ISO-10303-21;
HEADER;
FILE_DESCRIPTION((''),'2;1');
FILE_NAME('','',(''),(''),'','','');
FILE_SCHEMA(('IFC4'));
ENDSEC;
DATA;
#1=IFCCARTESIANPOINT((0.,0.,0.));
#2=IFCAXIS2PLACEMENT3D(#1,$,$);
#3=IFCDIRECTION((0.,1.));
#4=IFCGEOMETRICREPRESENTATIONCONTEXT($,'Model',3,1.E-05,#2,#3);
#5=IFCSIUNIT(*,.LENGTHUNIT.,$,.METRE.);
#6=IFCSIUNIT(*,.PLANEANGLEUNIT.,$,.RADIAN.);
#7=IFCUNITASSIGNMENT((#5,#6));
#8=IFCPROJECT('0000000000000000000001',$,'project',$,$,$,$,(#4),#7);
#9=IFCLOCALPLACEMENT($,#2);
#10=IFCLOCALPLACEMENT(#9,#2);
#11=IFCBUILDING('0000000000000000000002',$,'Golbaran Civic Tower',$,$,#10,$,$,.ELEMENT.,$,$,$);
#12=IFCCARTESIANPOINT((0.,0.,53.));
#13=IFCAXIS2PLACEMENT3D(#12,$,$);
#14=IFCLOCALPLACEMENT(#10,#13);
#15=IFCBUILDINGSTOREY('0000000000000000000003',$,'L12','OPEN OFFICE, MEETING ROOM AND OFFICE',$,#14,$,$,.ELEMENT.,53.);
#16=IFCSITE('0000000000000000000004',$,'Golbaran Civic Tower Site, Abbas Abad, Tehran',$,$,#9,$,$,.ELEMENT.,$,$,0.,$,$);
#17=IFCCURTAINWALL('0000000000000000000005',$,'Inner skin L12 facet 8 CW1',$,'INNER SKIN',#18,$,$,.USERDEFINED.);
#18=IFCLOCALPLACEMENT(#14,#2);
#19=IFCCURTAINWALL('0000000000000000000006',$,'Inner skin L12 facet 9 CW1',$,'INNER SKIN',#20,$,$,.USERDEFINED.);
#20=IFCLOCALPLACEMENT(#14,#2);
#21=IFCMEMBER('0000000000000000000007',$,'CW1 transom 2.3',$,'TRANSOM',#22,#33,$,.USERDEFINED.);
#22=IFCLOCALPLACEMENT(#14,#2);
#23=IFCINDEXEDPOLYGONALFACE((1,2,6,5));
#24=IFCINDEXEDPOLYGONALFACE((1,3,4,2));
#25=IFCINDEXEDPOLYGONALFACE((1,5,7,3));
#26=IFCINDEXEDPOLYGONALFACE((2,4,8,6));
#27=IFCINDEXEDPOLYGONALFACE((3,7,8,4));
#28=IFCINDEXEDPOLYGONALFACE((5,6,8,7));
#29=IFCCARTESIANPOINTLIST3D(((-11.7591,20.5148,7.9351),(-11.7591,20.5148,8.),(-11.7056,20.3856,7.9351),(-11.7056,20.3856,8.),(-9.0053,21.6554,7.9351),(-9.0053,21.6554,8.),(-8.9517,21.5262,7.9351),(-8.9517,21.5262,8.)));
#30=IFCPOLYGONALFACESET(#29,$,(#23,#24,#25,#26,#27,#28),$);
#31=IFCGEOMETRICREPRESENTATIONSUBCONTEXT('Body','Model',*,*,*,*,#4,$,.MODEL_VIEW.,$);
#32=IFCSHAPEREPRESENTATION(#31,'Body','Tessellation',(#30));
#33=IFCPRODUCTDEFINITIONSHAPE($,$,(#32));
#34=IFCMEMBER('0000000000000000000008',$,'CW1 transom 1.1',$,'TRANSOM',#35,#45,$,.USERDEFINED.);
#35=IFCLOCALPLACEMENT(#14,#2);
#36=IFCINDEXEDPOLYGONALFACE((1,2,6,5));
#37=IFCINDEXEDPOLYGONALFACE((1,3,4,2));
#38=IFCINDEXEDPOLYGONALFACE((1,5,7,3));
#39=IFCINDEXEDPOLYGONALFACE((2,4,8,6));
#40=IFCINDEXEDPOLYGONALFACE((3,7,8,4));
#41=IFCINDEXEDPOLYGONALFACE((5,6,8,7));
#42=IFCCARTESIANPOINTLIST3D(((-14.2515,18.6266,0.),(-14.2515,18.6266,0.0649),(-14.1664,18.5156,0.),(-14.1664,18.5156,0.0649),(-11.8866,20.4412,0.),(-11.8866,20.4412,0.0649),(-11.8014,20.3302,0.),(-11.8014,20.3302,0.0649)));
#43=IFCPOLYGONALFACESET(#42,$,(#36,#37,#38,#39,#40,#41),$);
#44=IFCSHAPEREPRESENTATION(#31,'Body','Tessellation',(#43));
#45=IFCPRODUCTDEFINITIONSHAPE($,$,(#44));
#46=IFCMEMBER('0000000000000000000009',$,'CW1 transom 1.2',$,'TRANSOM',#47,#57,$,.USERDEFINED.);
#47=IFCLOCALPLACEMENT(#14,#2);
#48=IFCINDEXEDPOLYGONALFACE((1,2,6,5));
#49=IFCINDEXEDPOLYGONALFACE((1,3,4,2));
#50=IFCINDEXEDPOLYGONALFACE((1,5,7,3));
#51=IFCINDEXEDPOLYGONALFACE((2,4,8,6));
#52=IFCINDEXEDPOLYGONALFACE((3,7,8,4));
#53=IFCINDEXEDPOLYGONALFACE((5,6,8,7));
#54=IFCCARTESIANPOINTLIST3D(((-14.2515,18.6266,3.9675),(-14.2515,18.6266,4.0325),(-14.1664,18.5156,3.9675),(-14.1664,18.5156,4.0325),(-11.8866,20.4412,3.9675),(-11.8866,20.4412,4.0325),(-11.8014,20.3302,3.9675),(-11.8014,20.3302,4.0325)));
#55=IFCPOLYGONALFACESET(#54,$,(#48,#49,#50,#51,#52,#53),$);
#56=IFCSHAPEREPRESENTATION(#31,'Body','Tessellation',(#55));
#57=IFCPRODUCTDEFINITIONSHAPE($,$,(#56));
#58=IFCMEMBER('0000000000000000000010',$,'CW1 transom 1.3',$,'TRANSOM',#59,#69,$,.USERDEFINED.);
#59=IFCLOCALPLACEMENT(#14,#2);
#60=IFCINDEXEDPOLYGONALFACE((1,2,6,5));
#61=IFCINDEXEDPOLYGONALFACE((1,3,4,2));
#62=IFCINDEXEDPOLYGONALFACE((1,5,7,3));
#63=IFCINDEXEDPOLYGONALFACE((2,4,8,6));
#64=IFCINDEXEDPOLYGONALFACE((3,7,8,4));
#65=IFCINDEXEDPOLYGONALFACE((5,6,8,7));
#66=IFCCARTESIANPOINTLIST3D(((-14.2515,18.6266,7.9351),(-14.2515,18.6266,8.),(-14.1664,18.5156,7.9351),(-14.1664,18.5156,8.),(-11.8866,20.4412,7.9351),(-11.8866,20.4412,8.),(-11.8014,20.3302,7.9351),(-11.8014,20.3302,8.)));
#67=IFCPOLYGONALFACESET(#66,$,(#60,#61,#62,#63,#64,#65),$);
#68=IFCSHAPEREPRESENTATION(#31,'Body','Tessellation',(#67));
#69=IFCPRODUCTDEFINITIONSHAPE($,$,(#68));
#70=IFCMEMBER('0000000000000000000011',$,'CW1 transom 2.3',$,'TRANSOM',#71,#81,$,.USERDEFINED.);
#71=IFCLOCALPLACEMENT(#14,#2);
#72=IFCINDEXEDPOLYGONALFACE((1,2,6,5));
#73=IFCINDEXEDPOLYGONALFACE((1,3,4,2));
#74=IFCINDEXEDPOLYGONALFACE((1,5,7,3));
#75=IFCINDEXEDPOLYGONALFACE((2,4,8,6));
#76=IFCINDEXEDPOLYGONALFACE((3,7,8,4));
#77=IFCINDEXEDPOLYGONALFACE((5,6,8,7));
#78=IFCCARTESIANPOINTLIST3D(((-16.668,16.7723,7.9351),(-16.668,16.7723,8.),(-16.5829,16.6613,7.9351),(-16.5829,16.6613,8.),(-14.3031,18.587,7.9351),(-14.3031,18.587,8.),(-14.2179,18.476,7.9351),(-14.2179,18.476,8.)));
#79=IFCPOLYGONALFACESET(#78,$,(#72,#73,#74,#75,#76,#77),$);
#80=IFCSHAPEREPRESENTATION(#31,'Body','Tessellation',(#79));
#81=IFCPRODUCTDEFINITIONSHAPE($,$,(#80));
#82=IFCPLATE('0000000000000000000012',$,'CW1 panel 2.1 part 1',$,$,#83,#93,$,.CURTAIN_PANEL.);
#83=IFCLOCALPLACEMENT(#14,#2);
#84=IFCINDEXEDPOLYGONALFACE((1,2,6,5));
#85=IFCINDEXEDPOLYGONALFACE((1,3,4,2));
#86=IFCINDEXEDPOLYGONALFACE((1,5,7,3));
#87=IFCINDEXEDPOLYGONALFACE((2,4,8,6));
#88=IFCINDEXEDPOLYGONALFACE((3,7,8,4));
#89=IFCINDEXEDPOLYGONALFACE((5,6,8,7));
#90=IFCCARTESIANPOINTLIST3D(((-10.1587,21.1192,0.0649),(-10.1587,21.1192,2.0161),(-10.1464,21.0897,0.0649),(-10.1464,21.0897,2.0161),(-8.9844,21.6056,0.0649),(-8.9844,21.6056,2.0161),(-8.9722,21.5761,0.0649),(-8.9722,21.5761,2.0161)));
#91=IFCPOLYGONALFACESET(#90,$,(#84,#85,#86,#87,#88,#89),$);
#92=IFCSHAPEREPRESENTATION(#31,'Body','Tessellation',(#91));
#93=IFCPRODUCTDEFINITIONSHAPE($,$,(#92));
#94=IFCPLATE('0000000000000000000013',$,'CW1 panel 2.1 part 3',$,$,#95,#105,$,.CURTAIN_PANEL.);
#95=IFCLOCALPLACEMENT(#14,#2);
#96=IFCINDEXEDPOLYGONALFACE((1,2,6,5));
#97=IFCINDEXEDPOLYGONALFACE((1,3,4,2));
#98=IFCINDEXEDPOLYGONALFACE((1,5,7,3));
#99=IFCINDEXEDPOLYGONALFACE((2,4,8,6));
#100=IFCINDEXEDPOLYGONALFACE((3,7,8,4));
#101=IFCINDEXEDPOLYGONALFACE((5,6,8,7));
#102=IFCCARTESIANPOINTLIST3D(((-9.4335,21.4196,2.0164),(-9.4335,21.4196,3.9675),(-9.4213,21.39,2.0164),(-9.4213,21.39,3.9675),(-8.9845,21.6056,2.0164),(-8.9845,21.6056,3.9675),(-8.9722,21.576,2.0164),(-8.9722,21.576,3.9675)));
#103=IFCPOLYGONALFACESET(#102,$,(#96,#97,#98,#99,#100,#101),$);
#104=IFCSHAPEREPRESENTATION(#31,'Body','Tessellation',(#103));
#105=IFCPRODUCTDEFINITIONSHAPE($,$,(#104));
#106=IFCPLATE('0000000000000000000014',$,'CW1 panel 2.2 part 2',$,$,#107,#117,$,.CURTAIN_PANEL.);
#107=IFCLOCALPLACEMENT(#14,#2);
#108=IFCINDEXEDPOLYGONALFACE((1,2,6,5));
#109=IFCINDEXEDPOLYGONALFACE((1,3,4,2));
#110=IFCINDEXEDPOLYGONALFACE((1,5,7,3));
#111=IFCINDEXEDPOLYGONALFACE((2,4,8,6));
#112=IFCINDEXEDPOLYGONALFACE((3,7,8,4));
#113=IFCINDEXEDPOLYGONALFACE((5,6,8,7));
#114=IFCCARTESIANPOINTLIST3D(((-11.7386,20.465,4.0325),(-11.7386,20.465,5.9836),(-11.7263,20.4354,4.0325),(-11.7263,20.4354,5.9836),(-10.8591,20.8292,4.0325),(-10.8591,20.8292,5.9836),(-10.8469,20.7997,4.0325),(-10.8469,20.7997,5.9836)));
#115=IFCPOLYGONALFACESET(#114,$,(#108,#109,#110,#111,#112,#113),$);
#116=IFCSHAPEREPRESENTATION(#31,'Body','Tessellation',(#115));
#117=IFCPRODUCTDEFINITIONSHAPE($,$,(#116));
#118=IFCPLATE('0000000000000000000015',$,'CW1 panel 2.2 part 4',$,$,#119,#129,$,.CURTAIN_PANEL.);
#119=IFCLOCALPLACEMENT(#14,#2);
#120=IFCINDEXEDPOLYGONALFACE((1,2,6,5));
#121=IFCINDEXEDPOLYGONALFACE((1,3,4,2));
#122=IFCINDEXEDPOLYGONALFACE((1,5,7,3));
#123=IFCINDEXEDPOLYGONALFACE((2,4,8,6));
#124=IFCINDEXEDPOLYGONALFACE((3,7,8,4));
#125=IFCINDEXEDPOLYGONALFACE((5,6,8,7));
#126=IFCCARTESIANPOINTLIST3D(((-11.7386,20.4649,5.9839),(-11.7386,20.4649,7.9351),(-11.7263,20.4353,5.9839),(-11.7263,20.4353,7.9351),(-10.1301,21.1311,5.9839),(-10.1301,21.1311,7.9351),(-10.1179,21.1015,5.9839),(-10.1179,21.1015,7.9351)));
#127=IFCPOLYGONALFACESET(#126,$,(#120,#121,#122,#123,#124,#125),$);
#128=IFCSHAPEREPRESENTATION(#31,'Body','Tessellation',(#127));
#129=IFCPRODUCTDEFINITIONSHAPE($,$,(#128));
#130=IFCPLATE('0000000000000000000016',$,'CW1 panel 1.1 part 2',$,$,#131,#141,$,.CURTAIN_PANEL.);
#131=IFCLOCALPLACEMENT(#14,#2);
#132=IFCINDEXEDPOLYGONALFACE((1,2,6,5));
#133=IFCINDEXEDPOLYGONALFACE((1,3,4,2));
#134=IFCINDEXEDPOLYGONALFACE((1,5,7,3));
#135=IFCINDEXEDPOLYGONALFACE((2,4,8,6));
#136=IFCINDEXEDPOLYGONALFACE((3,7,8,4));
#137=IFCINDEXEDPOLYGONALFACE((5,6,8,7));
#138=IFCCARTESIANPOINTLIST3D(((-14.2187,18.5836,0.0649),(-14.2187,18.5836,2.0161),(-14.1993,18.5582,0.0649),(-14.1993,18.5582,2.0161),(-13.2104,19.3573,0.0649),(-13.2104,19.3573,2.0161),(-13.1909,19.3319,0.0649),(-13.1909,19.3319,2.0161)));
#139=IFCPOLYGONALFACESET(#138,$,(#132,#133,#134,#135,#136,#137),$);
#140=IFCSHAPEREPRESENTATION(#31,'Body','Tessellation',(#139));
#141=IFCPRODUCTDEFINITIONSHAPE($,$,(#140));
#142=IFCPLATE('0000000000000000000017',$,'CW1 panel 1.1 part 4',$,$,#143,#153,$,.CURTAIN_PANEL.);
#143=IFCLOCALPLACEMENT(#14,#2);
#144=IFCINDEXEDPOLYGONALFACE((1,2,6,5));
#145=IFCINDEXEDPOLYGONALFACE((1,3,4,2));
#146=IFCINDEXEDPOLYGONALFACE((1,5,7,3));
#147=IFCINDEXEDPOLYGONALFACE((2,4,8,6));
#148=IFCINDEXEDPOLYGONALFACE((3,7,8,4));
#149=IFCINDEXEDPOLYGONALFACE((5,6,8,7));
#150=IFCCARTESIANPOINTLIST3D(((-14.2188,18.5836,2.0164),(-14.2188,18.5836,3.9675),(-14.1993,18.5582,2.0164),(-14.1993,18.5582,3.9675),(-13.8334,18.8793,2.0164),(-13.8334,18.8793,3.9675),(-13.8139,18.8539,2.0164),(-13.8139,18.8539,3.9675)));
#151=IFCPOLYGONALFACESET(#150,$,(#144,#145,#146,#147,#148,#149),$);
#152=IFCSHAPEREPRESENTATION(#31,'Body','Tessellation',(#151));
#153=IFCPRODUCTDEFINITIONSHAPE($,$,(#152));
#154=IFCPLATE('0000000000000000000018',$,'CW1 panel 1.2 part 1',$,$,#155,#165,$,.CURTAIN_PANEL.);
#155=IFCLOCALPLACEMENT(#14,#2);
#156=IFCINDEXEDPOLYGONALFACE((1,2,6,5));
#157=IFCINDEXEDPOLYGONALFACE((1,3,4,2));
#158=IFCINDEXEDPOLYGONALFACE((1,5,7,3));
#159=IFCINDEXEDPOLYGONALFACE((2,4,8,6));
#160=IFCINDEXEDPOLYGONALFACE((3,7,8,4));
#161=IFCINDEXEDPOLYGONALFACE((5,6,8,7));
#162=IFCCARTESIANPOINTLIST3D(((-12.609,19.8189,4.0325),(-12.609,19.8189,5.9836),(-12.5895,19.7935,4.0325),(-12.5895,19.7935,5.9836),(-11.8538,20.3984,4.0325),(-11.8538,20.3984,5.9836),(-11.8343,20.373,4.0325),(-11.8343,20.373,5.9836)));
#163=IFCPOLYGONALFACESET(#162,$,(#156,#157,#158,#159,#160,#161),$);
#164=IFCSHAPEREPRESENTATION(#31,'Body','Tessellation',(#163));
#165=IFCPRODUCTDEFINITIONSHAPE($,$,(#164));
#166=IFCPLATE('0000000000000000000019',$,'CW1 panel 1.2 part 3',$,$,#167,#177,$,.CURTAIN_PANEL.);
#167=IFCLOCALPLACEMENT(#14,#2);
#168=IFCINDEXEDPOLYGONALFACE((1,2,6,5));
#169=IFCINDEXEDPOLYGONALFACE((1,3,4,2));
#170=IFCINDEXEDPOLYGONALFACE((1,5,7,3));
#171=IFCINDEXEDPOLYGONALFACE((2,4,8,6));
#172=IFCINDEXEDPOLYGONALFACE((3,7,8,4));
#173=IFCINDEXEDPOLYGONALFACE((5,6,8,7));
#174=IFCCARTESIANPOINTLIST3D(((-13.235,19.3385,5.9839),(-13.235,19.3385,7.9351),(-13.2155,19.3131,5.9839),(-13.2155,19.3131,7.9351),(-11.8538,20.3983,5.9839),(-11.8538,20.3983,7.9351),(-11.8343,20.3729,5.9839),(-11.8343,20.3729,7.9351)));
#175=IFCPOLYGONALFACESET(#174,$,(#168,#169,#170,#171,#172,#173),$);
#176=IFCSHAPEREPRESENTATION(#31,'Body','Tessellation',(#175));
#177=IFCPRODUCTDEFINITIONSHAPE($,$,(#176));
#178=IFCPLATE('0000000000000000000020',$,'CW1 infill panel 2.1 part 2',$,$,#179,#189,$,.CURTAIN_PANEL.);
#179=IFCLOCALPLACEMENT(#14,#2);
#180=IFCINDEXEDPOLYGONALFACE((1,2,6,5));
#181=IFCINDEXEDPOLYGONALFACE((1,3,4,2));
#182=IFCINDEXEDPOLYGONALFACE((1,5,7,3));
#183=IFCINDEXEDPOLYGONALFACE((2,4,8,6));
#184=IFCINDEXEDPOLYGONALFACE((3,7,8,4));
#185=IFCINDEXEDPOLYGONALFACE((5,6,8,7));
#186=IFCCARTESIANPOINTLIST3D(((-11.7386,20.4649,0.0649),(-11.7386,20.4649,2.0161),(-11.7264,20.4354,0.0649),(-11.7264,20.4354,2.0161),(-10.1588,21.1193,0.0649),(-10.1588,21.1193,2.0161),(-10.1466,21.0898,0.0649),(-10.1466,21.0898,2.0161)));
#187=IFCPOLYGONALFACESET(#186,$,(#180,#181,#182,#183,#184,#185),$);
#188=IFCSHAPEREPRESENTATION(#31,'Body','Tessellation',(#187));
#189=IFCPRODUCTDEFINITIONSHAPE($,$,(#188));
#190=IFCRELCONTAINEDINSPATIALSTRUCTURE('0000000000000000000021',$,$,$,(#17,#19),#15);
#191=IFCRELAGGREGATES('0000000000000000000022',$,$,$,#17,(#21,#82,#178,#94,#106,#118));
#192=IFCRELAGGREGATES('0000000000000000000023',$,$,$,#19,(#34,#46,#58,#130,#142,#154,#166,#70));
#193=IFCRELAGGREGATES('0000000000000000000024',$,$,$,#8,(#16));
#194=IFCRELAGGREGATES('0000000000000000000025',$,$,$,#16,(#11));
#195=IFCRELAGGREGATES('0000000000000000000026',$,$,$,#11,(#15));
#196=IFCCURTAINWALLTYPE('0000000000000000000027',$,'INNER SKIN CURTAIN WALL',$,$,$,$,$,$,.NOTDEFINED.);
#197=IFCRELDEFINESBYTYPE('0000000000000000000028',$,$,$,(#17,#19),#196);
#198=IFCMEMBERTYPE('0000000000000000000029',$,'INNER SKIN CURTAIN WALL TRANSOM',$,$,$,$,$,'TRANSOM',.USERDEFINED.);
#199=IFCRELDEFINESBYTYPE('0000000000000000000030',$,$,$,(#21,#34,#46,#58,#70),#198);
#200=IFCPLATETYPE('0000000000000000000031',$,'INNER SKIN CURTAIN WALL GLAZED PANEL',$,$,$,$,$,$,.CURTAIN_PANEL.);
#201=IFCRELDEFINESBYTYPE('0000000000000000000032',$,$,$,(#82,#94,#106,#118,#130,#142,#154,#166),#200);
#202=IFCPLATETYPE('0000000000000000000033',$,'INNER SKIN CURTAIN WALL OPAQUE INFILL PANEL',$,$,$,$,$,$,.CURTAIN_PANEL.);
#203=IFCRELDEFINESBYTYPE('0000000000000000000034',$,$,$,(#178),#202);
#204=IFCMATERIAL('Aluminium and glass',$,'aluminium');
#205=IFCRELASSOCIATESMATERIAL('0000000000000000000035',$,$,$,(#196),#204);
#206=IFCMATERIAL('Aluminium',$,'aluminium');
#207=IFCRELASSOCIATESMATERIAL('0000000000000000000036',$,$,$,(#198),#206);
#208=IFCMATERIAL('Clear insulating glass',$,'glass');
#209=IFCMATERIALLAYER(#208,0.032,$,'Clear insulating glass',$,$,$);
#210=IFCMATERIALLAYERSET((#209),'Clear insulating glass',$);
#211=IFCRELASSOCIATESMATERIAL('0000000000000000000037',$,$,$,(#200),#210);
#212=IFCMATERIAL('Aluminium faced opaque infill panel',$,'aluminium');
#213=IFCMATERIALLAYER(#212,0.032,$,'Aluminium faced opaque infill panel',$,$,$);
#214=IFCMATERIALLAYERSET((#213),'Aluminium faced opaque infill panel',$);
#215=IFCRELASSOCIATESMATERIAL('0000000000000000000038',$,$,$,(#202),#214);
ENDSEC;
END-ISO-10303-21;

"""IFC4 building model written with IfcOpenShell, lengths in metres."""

from ifc_helpers import new_model, si_unit, direction, frame, origin, origin_2d, place, context, subcontext, project, spatial, rectangle, extrude, material, layer, layer_set, material_profile, profile_set, type_object, element, aggregate, save


model = new_model("IFC4")

# Units and contexts
model_context = context("Model", 3, precision=1e-05, world=origin(), true_north=direction((0.0, 1.0)))
body_context = subcontext(model_context, "Body", "Model", "MODEL_VIEW")
ifc_project = project(units=[si_unit("LENGTHUNIT", "METRE"), si_unit("PLANEANGLEUNIT", "RADIAN")], contexts=[model_context])

# Site, building, storey
site_placement = place(None, origin())
site = spatial("IfcSite", under=ifc_project, at=site_placement, Name="Golbaran Civic Tower Site, Abbas Abad, Tehran", CompositionType="ELEMENT", RefElevation=0.0)
building_placement = place(site_placement, origin())
building = spatial("IfcBuilding", under=site, at=building_placement, Name="Golbaran Civic Tower", CompositionType="ELEMENT")
storey_placement = place(building_placement, frame((0.0, 0.0, 53.0)))
storey = spatial("IfcBuildingStorey", under=building, at=storey_placement, Name="L12", Description="OPEN OFFICE, MEETING ROOM AND OFFICE", CompositionType="ELEMENT", Elevation=53.0)

# Curtain walls
ifc_material_1 = material(Name="Aluminium and glass", Category="aluminium")
curtain_wall_type = type_object("IfcCurtainWallType", Name="INNER SKIN CURTAIN WALL", PredefinedType="NOTDEFINED", material=ifc_material_1)
curtain_wall_1_placement = place(storey_placement, origin())
curtain_wall_1 = element("IfcCurtainWall", 1, at=curtain_wall_1_placement, inside=storey, type_object=curtain_wall_type, Name="Inner skin L12 facet 8 CW1", ObjectType="INNER SKIN", PredefinedType="USERDEFINED")
ifc_material_2 = material(Name="Aluminium", Category="aluminium")
curtain_wall_2_placement = place(storey_placement, origin())
curtain_wall_2 = element("IfcCurtainWall", 2, at=curtain_wall_2_placement, inside=storey, type_object=curtain_wall_type, Name="Inner skin L12 facet 9 CW1", ObjectType="INNER SKIN", PredefinedType="USERDEFINED")

# Members
ifc_material_profile_1 = material_profile(ifc_material_2, rectangle(XDim=0.1399, YDim=0.0649, at=origin_2d()), Name="INNER SKIN CURTAIN WALL TRANSOM")
ifc_profile_set_1 = profile_set([ifc_material_profile_1], Name="Aluminium")
member_type_1 = type_object("IfcMemberType", Name="INNER SKIN CURTAIN WALL TRANSOM", ElementType="TRANSOM", PredefinedType="USERDEFINED", material=ifc_profile_set_1)
member_1_placement = place(storey_placement, frame((-8.9785, 21.5908, 7.9675), z_axis=(-0.923889, -0.38266, 0.0), x_axis=(0.38266, -0.923889, 0.0)))
member_1 = element("IfcMember", 3, at=member_1_placement, type_object=member_type_1, Name="CW1 transom 2.3", ObjectType="TRANSOM", PredefinedType="USERDEFINED", context=body_context, shape_type="SweptSolid", body=[
    extrude(rectangle(XDim=0.1399, YDim=0.0649, at=origin_2d()), origin(), (0.0, 0.0, 1.0), 2.9807),
])
member_2_placement = place(storey_placement, frame((-11.844, 20.3857, 0.0325), z_axis=(-0.793357, -0.608756, 0.0), x_axis=(0.608756, -0.793357, 0.0)))
member_2 = element("IfcMember", 4, at=member_2_placement, type_object=member_type_1, Name="CW1 transom 1.1", ObjectType="TRANSOM", PredefinedType="USERDEFINED", context=body_context, shape_type="SweptSolid", body=[
    extrude(rectangle(XDim=0.1399, YDim=0.0649, at=origin_2d()), origin(), (0.0, 0.0, 1.0), 2.981),
])
member_3_placement = place(storey_placement, frame((-11.844, 20.3857, 4.0), z_axis=(-0.793357, -0.608756, 0.0), x_axis=(0.608756, -0.793357, 0.0)))
member_3 = element("IfcMember", 5, at=member_3_placement, type_object=member_type_1, Name="CW1 transom 1.2", ObjectType="TRANSOM", PredefinedType="USERDEFINED", context=body_context, shape_type="SweptSolid", body=[
    extrude(rectangle(XDim=0.1399, YDim=0.0649, at=origin_2d()), origin(), (0.0, 0.0, 1.0), 2.981),
])
member_4_placement = place(storey_placement, frame((-11.844, 20.3857, 7.9675), z_axis=(-0.793357, -0.608756, 0.0), x_axis=(0.608756, -0.793357, 0.0)))
member_4 = element("IfcMember", 6, at=member_4_placement, type_object=member_type_1, Name="CW1 transom 1.3", ObjectType="TRANSOM", PredefinedType="USERDEFINED", context=body_context, shape_type="SweptSolid", body=[
    extrude(rectangle(XDim=0.1399, YDim=0.0649, at=origin_2d()), origin(), (0.0, 0.0, 1.0), 2.981),
])
member_5_placement = place(storey_placement, frame((-14.2605, 18.5315, 7.9675), z_axis=(-0.793357, -0.608756, 0.0), x_axis=(0.608756, -0.793357, 0.0)))
member_5 = element("IfcMember", 7, at=member_5_placement, type_object=member_type_1, Name="CW1 transom 2.3", ObjectType="TRANSOM", PredefinedType="USERDEFINED", context=body_context, shape_type="SweptSolid", body=[
    extrude(rectangle(XDim=0.1399, YDim=0.0649, at=origin_2d()), origin(), (0.0, 0.0, 1.0), 2.981),
])

# Plates
ifc_material_3 = material(Name="Clear insulating glass", Category="glass")
ifc_layer_1 = layer(ifc_material_3, 0.032, Name="Clear insulating glass")
ifc_layer_set_1 = layer_set([ifc_layer_1], Name="Clear insulating glass")
plate_type_1 = type_object("IfcPlateType", Name="INNER SKIN CURTAIN WALL GLAZED PANEL", PredefinedType="CURTAIN_PANEL", material=ifc_layer_set_1)
plate_1_placement = place(storey_placement, frame((-9.5654, 21.3477, 0.0649), z_axis=(0.0, 0.0, 1.0), x_axis=(-0.92388, -0.382683, 0.0)))
plate_1 = element("IfcPlate", 8, at=plate_1_placement, type_object=plate_type_1, Name="CW1 panel 2.1 part 1", PredefinedType="CURTAIN_PANEL", context=body_context, shape_type="SweptSolid", body=[
    extrude(rectangle(XDim=1.271, YDim=0.032, at=origin_2d()), origin(), (0.0, 0.0, 1.0), 1.9512),
])
plate_2_placement = place(storey_placement, frame((-9.2029, 21.4978, 2.0164), z_axis=(0.0, 0.0, 1.0), x_axis=(-0.92388, -0.382683, 0.0)))
plate_2 = element("IfcPlate", 9, at=plate_2_placement, type_object=plate_type_1, Name="CW1 panel 2.1 part 3", PredefinedType="CURTAIN_PANEL", context=body_context, shape_type="SweptSolid", body=[
    extrude(rectangle(XDim=0.4861, YDim=0.032, at=origin_2d()), origin(), (0.0, 0.0, 1.0), 1.9512),
])
plate_3_placement = place(storey_placement, frame((-11.2927, 20.6323, 4.0325), z_axis=(0.0, 0.0, 1.0), x_axis=(-0.92388, -0.382683, 0.0)))
plate_3 = element("IfcPlate", 10, at=plate_3_placement, type_object=plate_type_1, Name="CW1 panel 2.2 part 2", PredefinedType="CURTAIN_PANEL", context=body_context, shape_type="SweptSolid", body=[
    extrude(rectangle(XDim=0.9519, YDim=0.032, at=origin_2d()), origin(), (0.0, 0.0, 1.0), 1.9512),
])
plate_4_placement = place(storey_placement, frame((-10.9282, 20.7832, 5.9839), z_axis=(0.0, 0.0, 1.0), x_axis=(-0.92388, -0.382683, 0.0)))
plate_4 = element("IfcPlate", 11, at=plate_4_placement, type_object=plate_type_1, Name="CW1 panel 2.2 part 4", PredefinedType="CURTAIN_PANEL", context=body_context, shape_type="SweptSolid", body=[
    extrude(rectangle(XDim=1.741, YDim=0.032, at=origin_2d()), origin(), (0.0, 0.0, 1.0), 1.9512),
])
plate_5_placement = place(storey_placement, frame((-13.7048, 18.9578, 0.0649), z_axis=(0.0, 0.0, 1.0), x_axis=(-0.793353, -0.608761, 0.0)))
plate_5 = element("IfcPlate", 12, at=plate_5_placement, type_object=plate_type_1, Name="CW1 panel 1.1 part 2", PredefinedType="CURTAIN_PANEL", context=body_context, shape_type="SweptSolid", body=[
    extrude(rectangle(XDim=1.271, YDim=0.032, at=origin_2d()), origin(), (0.0, 0.0, 1.0), 1.9512),
])
plate_6_placement = place(storey_placement, frame((-14.0164, 18.7188, 2.0164), z_axis=(0.0, 0.0, 1.0), x_axis=(-0.793353, -0.608761, 0.0)))
plate_6 = element("IfcPlate", 13, at=plate_6_placement, type_object=plate_type_1, Name="CW1 panel 1.1 part 4", PredefinedType="CURTAIN_PANEL", context=body_context, shape_type="SweptSolid", body=[
    extrude(rectangle(XDim=0.4858, YDim=0.032, at=origin_2d()), origin(), (0.0, 0.0, 1.0), 1.9512),
])
plate_7_placement = place(storey_placement, frame((-12.2217, 20.0959, 4.0325), z_axis=(0.0, 0.0, 1.0), x_axis=(-0.793353, -0.608761, 0.0)))
plate_7 = element("IfcPlate", 14, at=plate_7_placement, type_object=plate_type_1, Name="CW1 panel 1.2 part 1", PredefinedType="CURTAIN_PANEL", context=body_context, shape_type="SweptSolid", body=[
    extrude(rectangle(XDim=0.9519, YDim=0.032, at=origin_2d()), origin(), (0.0, 0.0, 1.0), 1.9512),
])
plate_8_placement = place(storey_placement, frame((-12.5347, 19.8557, 5.9839), z_axis=(0.0, 0.0, 1.0), x_axis=(-0.793353, -0.608761, 0.0)))
plate_8 = element("IfcPlate", 15, at=plate_8_placement, type_object=plate_type_1, Name="CW1 panel 1.2 part 3", PredefinedType="CURTAIN_PANEL", context=body_context, shape_type="SweptSolid", body=[
    extrude(rectangle(XDim=1.741, YDim=0.032, at=origin_2d()), origin(), (0.0, 0.0, 1.0), 1.9512),
])
ifc_material_4 = material(Name="Aluminium faced opaque infill panel", Category="aluminium")
ifc_layer_2 = layer(ifc_material_4, 0.032, Name="Aluminium faced opaque infill panel")
ifc_layer_set_2 = layer_set([ifc_layer_2], Name="Aluminium faced opaque infill panel")
plate_type_2 = type_object("IfcPlateType", Name="INNER SKIN CURTAIN WALL OPAQUE INFILL PANEL", PredefinedType="CURTAIN_PANEL", material=ifc_layer_set_2)
plate_9_placement = place(storey_placement, frame((-10.9426, 20.7773, 0.0649), z_axis=(0.0, 0.0, 1.0), x_axis=(-0.92388, -0.382683, 0.0)))
plate_9 = element("IfcPlate", 16, at=plate_9_placement, type_object=plate_type_2, Name="CW1 infill panel 2.1 part 2", PredefinedType="CURTAIN_PANEL", context=body_context, shape_type="SweptSolid", body=[
    extrude(rectangle(XDim=1.71, YDim=0.032, at=origin_2d()), origin(), (0.0, 0.0, 1.0), 1.9512),
])
aggregate(curtain_wall_1, [member_1, plate_1, plate_9, plate_2, plate_3, plate_4])
aggregate(curtain_wall_2, [member_2, member_3, member_4, plate_5, plate_6, plate_7, plate_8, member_5])

save(model, "model.ifc")
